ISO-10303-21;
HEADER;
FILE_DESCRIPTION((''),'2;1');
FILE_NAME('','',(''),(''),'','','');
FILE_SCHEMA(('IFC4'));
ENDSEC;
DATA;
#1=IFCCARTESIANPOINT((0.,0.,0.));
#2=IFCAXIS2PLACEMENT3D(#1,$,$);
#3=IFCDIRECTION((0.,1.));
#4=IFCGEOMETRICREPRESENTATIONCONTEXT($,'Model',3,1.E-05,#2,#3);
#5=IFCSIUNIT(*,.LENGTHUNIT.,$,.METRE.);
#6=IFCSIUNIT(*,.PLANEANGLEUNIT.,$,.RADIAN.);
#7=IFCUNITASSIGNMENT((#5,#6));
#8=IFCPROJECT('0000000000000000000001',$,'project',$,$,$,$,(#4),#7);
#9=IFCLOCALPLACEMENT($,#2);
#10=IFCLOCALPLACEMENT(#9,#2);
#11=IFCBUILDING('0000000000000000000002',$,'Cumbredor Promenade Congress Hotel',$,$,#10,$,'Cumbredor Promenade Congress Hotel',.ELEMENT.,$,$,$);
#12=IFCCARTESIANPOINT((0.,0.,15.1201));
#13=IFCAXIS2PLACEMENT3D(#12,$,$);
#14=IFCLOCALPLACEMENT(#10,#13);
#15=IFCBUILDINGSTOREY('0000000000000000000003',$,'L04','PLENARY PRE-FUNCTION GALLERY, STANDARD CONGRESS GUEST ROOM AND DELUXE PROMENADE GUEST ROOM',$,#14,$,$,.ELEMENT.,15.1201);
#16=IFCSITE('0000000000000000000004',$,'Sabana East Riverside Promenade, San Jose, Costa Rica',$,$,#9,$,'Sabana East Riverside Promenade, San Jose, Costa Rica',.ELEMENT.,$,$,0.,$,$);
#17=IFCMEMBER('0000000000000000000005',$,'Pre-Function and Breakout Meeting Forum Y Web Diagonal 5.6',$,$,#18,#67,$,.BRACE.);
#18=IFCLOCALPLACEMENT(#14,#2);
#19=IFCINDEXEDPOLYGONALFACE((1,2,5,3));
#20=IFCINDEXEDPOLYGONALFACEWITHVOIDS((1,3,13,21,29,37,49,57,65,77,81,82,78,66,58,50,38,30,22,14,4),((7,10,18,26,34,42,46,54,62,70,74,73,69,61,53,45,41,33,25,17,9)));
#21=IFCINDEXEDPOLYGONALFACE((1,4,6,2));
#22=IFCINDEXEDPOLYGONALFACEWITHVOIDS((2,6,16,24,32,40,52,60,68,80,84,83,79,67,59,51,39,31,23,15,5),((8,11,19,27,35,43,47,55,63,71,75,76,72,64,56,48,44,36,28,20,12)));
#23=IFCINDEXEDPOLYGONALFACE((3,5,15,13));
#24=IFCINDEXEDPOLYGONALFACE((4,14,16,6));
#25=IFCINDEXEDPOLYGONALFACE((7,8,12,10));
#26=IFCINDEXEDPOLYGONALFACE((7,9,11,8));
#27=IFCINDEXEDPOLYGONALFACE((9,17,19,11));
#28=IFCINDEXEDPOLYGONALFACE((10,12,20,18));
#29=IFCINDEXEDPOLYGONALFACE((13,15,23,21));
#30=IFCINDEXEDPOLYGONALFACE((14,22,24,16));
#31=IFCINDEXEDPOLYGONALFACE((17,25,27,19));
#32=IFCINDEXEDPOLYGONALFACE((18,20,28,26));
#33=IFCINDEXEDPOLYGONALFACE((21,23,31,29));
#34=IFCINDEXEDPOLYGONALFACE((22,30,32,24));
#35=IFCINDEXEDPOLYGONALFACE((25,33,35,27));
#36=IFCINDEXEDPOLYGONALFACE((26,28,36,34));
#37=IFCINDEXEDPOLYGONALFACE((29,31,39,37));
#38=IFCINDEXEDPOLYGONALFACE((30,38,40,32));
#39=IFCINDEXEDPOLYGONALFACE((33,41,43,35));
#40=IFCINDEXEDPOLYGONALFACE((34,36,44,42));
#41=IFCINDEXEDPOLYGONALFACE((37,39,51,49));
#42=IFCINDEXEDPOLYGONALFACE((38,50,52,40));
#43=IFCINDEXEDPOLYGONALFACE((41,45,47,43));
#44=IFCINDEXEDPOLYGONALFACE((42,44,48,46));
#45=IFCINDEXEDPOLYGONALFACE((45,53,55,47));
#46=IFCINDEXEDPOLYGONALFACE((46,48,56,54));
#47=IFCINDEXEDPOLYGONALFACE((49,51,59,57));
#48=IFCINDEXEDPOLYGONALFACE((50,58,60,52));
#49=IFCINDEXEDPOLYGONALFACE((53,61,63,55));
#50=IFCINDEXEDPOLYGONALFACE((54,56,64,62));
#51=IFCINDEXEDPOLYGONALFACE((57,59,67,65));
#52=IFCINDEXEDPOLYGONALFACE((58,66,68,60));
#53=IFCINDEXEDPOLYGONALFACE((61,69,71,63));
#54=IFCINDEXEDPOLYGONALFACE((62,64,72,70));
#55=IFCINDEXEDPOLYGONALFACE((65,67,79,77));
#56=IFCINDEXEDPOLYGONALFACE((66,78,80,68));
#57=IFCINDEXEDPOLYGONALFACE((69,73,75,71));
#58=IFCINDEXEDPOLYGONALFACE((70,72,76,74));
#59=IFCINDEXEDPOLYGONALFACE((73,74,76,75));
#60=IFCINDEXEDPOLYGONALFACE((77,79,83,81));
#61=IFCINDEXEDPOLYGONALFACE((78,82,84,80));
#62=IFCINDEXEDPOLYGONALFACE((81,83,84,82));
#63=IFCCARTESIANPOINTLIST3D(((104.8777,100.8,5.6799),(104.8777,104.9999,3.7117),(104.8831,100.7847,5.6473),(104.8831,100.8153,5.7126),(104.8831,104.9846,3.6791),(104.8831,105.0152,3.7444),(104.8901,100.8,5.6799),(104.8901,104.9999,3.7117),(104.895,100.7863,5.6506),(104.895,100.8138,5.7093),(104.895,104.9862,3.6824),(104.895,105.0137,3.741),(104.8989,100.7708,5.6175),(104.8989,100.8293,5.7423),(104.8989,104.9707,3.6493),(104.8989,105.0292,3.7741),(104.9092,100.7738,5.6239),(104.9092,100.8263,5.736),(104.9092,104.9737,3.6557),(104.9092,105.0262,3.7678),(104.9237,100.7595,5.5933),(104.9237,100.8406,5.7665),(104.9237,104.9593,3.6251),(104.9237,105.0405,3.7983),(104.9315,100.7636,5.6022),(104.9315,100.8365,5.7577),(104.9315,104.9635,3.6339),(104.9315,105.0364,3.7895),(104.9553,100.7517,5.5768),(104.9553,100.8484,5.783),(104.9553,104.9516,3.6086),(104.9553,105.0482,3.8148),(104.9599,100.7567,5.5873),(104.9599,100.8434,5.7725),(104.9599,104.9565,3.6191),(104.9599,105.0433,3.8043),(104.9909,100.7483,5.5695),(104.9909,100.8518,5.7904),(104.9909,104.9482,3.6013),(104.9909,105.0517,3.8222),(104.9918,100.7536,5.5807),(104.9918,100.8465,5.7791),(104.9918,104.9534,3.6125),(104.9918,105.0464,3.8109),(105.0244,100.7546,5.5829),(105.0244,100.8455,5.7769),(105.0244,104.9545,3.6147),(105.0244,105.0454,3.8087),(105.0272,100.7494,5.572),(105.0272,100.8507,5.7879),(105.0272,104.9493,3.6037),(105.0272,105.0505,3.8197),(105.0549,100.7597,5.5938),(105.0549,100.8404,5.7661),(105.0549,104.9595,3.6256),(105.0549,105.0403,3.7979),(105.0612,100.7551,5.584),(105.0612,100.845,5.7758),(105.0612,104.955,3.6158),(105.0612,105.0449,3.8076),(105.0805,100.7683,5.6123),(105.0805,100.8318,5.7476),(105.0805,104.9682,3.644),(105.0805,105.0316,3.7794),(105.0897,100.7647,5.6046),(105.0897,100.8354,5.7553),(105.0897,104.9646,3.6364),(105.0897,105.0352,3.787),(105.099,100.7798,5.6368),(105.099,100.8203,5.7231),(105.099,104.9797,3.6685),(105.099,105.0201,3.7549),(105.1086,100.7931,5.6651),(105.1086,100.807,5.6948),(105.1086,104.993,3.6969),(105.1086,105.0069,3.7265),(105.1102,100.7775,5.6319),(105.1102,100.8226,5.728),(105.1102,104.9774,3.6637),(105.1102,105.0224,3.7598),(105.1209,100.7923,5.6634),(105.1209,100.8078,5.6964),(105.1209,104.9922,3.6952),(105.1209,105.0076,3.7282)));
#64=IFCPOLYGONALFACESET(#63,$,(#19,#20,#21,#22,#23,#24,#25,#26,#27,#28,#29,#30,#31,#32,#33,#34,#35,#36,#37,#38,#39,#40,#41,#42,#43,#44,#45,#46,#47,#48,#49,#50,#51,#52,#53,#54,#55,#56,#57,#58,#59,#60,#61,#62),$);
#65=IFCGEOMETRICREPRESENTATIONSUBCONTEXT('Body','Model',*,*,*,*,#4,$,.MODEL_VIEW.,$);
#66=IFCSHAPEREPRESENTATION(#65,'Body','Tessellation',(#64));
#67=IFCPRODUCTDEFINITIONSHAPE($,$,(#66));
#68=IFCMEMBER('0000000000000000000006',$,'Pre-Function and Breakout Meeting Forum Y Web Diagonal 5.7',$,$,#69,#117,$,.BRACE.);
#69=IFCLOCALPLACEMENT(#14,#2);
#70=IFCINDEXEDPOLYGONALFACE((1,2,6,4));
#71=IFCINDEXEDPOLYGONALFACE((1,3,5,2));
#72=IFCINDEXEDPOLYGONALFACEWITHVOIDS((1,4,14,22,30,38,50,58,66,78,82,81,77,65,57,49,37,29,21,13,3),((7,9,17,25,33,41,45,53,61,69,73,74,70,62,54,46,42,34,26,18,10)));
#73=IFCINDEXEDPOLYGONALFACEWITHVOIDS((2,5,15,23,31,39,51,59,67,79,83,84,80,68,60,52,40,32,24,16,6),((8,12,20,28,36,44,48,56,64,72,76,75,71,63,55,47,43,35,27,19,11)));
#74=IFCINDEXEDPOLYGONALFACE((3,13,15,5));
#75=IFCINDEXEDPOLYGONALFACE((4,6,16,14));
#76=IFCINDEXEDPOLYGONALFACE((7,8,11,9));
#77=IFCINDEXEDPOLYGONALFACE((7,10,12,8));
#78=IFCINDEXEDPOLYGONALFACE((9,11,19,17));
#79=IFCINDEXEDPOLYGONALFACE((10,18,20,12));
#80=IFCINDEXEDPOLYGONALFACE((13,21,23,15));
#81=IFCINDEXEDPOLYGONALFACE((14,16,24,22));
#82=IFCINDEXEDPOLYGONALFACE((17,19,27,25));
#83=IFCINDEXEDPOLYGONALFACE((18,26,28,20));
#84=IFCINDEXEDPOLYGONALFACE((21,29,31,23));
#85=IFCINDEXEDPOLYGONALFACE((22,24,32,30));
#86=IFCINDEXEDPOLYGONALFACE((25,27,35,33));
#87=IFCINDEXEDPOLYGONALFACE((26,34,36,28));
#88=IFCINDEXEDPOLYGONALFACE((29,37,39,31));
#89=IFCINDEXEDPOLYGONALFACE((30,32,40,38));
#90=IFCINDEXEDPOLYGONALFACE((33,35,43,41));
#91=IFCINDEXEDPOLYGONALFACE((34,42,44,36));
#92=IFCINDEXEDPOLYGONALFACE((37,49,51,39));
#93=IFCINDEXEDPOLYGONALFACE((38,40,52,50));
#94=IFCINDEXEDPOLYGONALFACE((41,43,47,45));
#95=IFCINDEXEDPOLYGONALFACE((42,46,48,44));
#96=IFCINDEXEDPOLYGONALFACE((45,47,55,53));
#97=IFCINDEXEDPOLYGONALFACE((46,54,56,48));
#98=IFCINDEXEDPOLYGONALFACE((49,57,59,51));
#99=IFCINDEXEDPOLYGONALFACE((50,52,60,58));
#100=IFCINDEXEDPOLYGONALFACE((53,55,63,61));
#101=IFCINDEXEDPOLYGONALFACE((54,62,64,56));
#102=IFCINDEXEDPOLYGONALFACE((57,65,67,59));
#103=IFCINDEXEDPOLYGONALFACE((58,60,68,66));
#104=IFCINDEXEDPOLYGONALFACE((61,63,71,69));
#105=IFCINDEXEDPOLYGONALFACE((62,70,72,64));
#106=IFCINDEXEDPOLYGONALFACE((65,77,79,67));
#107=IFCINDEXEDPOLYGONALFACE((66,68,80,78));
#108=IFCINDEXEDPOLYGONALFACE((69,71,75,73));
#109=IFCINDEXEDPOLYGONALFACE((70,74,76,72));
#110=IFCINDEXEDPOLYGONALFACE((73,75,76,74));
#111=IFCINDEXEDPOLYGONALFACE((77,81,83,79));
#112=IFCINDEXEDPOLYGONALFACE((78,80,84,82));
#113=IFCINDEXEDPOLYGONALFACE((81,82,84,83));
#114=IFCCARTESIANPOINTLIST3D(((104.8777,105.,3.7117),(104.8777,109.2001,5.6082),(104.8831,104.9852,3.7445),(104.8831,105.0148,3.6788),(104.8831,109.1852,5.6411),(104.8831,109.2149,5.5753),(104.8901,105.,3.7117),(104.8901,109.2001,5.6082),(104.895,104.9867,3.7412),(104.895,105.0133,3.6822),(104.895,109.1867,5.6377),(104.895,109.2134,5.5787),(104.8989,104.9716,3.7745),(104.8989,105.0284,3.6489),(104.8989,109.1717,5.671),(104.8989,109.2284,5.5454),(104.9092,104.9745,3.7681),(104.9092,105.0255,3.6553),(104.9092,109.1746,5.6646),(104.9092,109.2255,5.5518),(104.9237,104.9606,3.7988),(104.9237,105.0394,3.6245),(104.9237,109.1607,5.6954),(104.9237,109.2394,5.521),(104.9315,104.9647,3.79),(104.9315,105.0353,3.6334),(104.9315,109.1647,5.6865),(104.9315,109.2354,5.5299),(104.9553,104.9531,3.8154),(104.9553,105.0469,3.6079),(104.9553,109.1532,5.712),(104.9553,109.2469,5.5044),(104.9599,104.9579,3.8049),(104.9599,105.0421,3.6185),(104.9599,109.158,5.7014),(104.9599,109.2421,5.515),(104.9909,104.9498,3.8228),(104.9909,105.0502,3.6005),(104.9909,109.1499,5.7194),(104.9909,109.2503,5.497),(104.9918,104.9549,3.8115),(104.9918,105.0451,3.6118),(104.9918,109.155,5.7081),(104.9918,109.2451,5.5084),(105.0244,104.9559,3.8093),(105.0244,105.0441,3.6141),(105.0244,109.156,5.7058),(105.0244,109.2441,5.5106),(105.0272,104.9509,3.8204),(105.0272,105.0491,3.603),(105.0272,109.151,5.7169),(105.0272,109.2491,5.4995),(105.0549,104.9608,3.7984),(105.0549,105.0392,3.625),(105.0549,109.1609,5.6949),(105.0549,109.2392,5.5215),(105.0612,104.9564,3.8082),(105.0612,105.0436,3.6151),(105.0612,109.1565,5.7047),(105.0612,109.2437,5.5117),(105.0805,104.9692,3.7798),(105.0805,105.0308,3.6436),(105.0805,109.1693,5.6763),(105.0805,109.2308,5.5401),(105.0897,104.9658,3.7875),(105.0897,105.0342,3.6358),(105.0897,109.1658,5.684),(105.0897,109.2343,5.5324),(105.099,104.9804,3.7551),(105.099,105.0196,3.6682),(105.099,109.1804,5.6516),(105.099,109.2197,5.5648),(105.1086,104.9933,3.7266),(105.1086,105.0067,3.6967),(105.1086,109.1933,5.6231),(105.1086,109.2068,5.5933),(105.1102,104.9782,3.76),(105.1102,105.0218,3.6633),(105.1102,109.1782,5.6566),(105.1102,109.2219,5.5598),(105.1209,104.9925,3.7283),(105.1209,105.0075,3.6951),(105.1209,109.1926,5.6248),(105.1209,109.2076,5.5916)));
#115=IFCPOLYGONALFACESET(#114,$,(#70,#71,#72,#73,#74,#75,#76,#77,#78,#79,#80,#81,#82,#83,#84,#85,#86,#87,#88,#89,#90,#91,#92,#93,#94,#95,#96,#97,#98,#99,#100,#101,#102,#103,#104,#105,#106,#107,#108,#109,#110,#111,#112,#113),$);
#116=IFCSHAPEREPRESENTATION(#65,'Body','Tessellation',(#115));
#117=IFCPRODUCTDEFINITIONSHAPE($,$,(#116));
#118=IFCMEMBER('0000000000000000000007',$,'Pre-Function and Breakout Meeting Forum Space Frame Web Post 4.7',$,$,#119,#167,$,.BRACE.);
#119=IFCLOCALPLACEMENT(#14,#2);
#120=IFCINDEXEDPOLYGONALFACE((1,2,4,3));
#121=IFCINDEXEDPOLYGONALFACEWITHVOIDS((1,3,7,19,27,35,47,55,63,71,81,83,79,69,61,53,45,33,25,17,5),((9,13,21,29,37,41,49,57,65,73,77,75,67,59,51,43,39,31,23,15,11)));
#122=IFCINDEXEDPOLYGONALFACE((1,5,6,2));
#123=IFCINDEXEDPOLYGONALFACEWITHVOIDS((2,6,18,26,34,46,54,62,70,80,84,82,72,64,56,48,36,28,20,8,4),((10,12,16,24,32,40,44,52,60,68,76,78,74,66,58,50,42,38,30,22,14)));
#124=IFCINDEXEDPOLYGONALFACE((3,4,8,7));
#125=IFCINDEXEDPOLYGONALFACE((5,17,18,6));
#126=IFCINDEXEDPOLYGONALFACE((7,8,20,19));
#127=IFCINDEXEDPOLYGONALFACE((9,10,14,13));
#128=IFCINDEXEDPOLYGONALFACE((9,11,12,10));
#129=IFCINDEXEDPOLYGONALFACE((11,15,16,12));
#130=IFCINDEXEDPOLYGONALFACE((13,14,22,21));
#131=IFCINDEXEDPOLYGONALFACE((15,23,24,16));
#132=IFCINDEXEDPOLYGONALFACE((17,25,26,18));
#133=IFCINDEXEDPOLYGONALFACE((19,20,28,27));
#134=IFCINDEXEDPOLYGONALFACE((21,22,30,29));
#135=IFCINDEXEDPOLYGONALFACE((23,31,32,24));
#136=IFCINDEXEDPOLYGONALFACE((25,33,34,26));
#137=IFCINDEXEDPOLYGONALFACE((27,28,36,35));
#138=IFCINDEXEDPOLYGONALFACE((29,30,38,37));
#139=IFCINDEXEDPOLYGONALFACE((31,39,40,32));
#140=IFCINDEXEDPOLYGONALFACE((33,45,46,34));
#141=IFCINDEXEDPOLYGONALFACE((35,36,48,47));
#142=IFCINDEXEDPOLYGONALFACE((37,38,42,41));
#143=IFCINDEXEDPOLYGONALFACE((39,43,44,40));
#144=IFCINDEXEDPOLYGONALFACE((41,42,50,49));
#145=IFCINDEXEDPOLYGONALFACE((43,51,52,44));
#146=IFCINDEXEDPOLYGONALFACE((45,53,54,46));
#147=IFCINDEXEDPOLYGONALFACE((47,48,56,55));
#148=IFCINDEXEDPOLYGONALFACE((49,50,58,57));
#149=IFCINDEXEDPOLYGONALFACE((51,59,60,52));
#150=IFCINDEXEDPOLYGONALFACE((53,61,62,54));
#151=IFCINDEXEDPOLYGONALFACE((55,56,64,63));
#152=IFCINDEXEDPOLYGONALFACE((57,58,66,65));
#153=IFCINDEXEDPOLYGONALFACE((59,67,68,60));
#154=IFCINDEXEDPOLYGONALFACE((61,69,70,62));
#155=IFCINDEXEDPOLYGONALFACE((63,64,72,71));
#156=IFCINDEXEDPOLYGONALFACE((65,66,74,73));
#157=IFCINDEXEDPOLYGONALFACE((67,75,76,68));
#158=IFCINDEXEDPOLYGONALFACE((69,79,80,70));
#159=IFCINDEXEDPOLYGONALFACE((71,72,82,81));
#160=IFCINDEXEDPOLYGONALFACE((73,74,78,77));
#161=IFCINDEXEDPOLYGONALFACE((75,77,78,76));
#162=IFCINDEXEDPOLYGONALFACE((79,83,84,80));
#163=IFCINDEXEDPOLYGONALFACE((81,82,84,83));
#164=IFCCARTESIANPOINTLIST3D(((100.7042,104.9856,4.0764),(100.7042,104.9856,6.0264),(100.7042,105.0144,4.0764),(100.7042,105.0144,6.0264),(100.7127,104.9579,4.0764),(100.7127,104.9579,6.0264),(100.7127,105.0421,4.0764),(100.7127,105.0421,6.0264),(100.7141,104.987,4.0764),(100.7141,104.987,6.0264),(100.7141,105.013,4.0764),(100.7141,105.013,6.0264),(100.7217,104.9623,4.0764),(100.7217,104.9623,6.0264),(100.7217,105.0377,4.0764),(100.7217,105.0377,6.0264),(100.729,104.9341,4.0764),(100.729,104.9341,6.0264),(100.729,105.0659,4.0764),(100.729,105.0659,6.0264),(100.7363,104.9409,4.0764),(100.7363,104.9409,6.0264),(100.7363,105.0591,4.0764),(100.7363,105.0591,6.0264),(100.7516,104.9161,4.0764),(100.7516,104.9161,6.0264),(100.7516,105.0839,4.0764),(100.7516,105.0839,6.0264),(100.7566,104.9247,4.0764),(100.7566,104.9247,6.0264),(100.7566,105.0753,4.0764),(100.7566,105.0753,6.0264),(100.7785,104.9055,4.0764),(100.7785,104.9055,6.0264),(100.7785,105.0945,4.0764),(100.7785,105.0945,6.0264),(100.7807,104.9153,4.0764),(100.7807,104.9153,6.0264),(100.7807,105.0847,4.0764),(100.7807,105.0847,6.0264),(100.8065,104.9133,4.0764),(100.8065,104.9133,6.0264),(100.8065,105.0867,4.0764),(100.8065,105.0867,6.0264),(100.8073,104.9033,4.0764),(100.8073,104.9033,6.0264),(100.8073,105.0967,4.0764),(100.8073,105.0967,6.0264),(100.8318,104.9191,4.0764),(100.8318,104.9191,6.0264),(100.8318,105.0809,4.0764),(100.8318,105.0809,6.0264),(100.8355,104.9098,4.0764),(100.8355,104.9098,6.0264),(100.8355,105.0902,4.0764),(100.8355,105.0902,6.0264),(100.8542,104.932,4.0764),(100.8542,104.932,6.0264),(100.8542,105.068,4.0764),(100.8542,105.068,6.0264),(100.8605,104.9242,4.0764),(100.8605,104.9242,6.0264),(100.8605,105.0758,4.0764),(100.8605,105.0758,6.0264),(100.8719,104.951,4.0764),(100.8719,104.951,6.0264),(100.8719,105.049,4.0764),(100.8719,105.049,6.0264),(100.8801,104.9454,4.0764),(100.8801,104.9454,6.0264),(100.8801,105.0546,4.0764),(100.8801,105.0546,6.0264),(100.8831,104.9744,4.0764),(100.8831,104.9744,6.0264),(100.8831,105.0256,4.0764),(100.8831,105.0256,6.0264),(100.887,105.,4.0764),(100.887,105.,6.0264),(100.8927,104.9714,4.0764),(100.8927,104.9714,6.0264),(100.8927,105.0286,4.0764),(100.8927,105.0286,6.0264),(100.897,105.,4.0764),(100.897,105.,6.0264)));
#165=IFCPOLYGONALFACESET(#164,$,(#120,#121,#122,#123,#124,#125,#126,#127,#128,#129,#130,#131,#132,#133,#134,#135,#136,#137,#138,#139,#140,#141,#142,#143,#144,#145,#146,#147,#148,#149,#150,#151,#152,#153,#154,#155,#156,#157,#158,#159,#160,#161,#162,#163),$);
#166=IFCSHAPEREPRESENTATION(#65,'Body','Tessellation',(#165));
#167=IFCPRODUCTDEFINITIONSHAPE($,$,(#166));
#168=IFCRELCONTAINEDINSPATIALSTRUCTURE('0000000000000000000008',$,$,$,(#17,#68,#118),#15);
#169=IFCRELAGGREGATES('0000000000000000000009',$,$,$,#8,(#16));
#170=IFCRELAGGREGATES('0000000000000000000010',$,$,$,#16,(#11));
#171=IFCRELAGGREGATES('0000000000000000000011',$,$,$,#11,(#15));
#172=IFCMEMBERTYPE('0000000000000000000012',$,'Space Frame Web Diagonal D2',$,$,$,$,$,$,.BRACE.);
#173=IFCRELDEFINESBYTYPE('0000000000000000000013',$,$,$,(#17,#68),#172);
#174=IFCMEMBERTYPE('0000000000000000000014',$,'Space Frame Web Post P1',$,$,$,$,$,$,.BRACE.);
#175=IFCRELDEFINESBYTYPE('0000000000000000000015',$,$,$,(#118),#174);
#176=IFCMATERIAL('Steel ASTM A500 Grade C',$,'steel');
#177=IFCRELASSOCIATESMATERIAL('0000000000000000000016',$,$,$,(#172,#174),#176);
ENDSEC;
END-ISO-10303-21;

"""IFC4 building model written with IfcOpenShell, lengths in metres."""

from ifc_helpers import new_model, si_unit, direction, frame, origin, origin_2d, place, context, subcontext, project, spatial, hollow_circle, extrude, material, material_profile, profile_set, type_object, element, save


model = new_model("IFC4")

# Units and contexts
model_context = context("Model", 3, precision=1e-05, world=origin(), true_north=direction((0.0, 1.0)))
body_context = subcontext(model_context, "Body", "Model", "MODEL_VIEW")
ifc_project = project(units=[si_unit("LENGTHUNIT", "METRE"), si_unit("PLANEANGLEUNIT", "RADIAN")], contexts=[model_context])

# Site, building, storey
site_placement = place(None, origin())
site = spatial("IfcSite", under=ifc_project, at=site_placement, Name="Sabana East Riverside Promenade, San Jose, Costa Rica", LongName="Sabana East Riverside Promenade, San Jose, Costa Rica", CompositionType="ELEMENT", RefElevation=0.0)
building_placement = place(site_placement, origin())
building = spatial("IfcBuilding", under=site, at=building_placement, Name="Cumbredor Promenade Congress Hotel", LongName="Cumbredor Promenade Congress Hotel", CompositionType="ELEMENT")
storey_placement = place(building_placement, frame((0.0, 0.0, 15.1201)))
storey = spatial("IfcBuildingStorey", under=building, at=storey_placement, Name="L04", Description="PLENARY PRE-FUNCTION GALLERY, STANDARD CONGRESS GUEST ROOM AND DELUXE PROMENADE GUEST ROOM", CompositionType="ELEMENT", Elevation=15.1201)

# Members
ifc_material_1 = material(Name="Steel ASTM A500 Grade C", Category="steel")
ifc_material_profile_1 = material_profile(ifc_material_1, hollow_circle(Radius=0.1223, WallThickness=0.0125, at=origin_2d()), Name="CHS 244.5x12.5")
ifc_profile_set_1 = profile_set([ifc_material_profile_1], Name="Steel ASTM A500 Grade C")
member_type_1 = type_object("IfcMemberType", Name="Space Frame Web Diagonal D2", PredefinedType="BRACE", material=ifc_profile_set_1)
member_1_placement = place(storey_placement, frame((105.0, 100.8, 5.6799), z_axis=(0.0, 0.905497, -0.424352), x_axis=(-1.0, 0.0, 0.0)))
element("IfcMember", 1, at=member_1_placement, inside=storey, type_object=member_type_1, Name="Pre-Function and Breakout Meeting Forum Y Web Diagonal 5.6", PredefinedType="BRACE", context=body_context, shape_type="SweptSolid", body=[
    extrude(hollow_circle(Radius=0.1223, WallThickness=0.0125, at=origin_2d()), origin(), (0.0, 0.0, 1.0), 4.6382),
])
member_2_placement = place(storey_placement, frame((105.0, 105.0, 3.7117), z_axis=(0.0, 0.911392, 0.411538), x_axis=(-1.0, 0.0, 0.0)))
element("IfcMember", 2, at=member_2_placement, inside=storey, type_object=member_type_1, Name="Pre-Function and Breakout Meeting Forum Y Web Diagonal 5.7", PredefinedType="BRACE", context=body_context, shape_type="SweptSolid", body=[
    extrude(hollow_circle(Radius=0.1223, WallThickness=0.0125, at=origin_2d()), origin(), (0.0, 0.0, 1.0), 4.6084),
])
ifc_material_profile_2 = material_profile(ifc_material_1, hollow_circle(Radius=0.0969, WallThickness=0.01, at=origin_2d()), Name="CHS 193.7x10")
ifc_profile_set_2 = profile_set([ifc_material_profile_2], Name="Steel ASTM A500 Grade C")
member_type_2 = type_object("IfcMemberType", Name="Space Frame Web Post P1", PredefinedType="BRACE", material=ifc_profile_set_2)
member_3_placement = place(storey_placement, frame((100.8, 105.0, 4.0764), z_axis=(0.0, 0.0, 1.0), x_axis=(1.0, 0.0, 0.0)))
element("IfcMember", 3, at=member_3_placement, inside=storey, type_object=member_type_2, Name="Pre-Function and Breakout Meeting Forum Space Frame Web Post 4.7", PredefinedType="BRACE", context=body_context, shape_type="SweptSolid", body=[
    extrude(hollow_circle(Radius=0.0969, WallThickness=0.01, at=origin_2d()), origin(), (0.0, 0.0, 1.0), 1.95),
])

save(model, "model.ifc")
